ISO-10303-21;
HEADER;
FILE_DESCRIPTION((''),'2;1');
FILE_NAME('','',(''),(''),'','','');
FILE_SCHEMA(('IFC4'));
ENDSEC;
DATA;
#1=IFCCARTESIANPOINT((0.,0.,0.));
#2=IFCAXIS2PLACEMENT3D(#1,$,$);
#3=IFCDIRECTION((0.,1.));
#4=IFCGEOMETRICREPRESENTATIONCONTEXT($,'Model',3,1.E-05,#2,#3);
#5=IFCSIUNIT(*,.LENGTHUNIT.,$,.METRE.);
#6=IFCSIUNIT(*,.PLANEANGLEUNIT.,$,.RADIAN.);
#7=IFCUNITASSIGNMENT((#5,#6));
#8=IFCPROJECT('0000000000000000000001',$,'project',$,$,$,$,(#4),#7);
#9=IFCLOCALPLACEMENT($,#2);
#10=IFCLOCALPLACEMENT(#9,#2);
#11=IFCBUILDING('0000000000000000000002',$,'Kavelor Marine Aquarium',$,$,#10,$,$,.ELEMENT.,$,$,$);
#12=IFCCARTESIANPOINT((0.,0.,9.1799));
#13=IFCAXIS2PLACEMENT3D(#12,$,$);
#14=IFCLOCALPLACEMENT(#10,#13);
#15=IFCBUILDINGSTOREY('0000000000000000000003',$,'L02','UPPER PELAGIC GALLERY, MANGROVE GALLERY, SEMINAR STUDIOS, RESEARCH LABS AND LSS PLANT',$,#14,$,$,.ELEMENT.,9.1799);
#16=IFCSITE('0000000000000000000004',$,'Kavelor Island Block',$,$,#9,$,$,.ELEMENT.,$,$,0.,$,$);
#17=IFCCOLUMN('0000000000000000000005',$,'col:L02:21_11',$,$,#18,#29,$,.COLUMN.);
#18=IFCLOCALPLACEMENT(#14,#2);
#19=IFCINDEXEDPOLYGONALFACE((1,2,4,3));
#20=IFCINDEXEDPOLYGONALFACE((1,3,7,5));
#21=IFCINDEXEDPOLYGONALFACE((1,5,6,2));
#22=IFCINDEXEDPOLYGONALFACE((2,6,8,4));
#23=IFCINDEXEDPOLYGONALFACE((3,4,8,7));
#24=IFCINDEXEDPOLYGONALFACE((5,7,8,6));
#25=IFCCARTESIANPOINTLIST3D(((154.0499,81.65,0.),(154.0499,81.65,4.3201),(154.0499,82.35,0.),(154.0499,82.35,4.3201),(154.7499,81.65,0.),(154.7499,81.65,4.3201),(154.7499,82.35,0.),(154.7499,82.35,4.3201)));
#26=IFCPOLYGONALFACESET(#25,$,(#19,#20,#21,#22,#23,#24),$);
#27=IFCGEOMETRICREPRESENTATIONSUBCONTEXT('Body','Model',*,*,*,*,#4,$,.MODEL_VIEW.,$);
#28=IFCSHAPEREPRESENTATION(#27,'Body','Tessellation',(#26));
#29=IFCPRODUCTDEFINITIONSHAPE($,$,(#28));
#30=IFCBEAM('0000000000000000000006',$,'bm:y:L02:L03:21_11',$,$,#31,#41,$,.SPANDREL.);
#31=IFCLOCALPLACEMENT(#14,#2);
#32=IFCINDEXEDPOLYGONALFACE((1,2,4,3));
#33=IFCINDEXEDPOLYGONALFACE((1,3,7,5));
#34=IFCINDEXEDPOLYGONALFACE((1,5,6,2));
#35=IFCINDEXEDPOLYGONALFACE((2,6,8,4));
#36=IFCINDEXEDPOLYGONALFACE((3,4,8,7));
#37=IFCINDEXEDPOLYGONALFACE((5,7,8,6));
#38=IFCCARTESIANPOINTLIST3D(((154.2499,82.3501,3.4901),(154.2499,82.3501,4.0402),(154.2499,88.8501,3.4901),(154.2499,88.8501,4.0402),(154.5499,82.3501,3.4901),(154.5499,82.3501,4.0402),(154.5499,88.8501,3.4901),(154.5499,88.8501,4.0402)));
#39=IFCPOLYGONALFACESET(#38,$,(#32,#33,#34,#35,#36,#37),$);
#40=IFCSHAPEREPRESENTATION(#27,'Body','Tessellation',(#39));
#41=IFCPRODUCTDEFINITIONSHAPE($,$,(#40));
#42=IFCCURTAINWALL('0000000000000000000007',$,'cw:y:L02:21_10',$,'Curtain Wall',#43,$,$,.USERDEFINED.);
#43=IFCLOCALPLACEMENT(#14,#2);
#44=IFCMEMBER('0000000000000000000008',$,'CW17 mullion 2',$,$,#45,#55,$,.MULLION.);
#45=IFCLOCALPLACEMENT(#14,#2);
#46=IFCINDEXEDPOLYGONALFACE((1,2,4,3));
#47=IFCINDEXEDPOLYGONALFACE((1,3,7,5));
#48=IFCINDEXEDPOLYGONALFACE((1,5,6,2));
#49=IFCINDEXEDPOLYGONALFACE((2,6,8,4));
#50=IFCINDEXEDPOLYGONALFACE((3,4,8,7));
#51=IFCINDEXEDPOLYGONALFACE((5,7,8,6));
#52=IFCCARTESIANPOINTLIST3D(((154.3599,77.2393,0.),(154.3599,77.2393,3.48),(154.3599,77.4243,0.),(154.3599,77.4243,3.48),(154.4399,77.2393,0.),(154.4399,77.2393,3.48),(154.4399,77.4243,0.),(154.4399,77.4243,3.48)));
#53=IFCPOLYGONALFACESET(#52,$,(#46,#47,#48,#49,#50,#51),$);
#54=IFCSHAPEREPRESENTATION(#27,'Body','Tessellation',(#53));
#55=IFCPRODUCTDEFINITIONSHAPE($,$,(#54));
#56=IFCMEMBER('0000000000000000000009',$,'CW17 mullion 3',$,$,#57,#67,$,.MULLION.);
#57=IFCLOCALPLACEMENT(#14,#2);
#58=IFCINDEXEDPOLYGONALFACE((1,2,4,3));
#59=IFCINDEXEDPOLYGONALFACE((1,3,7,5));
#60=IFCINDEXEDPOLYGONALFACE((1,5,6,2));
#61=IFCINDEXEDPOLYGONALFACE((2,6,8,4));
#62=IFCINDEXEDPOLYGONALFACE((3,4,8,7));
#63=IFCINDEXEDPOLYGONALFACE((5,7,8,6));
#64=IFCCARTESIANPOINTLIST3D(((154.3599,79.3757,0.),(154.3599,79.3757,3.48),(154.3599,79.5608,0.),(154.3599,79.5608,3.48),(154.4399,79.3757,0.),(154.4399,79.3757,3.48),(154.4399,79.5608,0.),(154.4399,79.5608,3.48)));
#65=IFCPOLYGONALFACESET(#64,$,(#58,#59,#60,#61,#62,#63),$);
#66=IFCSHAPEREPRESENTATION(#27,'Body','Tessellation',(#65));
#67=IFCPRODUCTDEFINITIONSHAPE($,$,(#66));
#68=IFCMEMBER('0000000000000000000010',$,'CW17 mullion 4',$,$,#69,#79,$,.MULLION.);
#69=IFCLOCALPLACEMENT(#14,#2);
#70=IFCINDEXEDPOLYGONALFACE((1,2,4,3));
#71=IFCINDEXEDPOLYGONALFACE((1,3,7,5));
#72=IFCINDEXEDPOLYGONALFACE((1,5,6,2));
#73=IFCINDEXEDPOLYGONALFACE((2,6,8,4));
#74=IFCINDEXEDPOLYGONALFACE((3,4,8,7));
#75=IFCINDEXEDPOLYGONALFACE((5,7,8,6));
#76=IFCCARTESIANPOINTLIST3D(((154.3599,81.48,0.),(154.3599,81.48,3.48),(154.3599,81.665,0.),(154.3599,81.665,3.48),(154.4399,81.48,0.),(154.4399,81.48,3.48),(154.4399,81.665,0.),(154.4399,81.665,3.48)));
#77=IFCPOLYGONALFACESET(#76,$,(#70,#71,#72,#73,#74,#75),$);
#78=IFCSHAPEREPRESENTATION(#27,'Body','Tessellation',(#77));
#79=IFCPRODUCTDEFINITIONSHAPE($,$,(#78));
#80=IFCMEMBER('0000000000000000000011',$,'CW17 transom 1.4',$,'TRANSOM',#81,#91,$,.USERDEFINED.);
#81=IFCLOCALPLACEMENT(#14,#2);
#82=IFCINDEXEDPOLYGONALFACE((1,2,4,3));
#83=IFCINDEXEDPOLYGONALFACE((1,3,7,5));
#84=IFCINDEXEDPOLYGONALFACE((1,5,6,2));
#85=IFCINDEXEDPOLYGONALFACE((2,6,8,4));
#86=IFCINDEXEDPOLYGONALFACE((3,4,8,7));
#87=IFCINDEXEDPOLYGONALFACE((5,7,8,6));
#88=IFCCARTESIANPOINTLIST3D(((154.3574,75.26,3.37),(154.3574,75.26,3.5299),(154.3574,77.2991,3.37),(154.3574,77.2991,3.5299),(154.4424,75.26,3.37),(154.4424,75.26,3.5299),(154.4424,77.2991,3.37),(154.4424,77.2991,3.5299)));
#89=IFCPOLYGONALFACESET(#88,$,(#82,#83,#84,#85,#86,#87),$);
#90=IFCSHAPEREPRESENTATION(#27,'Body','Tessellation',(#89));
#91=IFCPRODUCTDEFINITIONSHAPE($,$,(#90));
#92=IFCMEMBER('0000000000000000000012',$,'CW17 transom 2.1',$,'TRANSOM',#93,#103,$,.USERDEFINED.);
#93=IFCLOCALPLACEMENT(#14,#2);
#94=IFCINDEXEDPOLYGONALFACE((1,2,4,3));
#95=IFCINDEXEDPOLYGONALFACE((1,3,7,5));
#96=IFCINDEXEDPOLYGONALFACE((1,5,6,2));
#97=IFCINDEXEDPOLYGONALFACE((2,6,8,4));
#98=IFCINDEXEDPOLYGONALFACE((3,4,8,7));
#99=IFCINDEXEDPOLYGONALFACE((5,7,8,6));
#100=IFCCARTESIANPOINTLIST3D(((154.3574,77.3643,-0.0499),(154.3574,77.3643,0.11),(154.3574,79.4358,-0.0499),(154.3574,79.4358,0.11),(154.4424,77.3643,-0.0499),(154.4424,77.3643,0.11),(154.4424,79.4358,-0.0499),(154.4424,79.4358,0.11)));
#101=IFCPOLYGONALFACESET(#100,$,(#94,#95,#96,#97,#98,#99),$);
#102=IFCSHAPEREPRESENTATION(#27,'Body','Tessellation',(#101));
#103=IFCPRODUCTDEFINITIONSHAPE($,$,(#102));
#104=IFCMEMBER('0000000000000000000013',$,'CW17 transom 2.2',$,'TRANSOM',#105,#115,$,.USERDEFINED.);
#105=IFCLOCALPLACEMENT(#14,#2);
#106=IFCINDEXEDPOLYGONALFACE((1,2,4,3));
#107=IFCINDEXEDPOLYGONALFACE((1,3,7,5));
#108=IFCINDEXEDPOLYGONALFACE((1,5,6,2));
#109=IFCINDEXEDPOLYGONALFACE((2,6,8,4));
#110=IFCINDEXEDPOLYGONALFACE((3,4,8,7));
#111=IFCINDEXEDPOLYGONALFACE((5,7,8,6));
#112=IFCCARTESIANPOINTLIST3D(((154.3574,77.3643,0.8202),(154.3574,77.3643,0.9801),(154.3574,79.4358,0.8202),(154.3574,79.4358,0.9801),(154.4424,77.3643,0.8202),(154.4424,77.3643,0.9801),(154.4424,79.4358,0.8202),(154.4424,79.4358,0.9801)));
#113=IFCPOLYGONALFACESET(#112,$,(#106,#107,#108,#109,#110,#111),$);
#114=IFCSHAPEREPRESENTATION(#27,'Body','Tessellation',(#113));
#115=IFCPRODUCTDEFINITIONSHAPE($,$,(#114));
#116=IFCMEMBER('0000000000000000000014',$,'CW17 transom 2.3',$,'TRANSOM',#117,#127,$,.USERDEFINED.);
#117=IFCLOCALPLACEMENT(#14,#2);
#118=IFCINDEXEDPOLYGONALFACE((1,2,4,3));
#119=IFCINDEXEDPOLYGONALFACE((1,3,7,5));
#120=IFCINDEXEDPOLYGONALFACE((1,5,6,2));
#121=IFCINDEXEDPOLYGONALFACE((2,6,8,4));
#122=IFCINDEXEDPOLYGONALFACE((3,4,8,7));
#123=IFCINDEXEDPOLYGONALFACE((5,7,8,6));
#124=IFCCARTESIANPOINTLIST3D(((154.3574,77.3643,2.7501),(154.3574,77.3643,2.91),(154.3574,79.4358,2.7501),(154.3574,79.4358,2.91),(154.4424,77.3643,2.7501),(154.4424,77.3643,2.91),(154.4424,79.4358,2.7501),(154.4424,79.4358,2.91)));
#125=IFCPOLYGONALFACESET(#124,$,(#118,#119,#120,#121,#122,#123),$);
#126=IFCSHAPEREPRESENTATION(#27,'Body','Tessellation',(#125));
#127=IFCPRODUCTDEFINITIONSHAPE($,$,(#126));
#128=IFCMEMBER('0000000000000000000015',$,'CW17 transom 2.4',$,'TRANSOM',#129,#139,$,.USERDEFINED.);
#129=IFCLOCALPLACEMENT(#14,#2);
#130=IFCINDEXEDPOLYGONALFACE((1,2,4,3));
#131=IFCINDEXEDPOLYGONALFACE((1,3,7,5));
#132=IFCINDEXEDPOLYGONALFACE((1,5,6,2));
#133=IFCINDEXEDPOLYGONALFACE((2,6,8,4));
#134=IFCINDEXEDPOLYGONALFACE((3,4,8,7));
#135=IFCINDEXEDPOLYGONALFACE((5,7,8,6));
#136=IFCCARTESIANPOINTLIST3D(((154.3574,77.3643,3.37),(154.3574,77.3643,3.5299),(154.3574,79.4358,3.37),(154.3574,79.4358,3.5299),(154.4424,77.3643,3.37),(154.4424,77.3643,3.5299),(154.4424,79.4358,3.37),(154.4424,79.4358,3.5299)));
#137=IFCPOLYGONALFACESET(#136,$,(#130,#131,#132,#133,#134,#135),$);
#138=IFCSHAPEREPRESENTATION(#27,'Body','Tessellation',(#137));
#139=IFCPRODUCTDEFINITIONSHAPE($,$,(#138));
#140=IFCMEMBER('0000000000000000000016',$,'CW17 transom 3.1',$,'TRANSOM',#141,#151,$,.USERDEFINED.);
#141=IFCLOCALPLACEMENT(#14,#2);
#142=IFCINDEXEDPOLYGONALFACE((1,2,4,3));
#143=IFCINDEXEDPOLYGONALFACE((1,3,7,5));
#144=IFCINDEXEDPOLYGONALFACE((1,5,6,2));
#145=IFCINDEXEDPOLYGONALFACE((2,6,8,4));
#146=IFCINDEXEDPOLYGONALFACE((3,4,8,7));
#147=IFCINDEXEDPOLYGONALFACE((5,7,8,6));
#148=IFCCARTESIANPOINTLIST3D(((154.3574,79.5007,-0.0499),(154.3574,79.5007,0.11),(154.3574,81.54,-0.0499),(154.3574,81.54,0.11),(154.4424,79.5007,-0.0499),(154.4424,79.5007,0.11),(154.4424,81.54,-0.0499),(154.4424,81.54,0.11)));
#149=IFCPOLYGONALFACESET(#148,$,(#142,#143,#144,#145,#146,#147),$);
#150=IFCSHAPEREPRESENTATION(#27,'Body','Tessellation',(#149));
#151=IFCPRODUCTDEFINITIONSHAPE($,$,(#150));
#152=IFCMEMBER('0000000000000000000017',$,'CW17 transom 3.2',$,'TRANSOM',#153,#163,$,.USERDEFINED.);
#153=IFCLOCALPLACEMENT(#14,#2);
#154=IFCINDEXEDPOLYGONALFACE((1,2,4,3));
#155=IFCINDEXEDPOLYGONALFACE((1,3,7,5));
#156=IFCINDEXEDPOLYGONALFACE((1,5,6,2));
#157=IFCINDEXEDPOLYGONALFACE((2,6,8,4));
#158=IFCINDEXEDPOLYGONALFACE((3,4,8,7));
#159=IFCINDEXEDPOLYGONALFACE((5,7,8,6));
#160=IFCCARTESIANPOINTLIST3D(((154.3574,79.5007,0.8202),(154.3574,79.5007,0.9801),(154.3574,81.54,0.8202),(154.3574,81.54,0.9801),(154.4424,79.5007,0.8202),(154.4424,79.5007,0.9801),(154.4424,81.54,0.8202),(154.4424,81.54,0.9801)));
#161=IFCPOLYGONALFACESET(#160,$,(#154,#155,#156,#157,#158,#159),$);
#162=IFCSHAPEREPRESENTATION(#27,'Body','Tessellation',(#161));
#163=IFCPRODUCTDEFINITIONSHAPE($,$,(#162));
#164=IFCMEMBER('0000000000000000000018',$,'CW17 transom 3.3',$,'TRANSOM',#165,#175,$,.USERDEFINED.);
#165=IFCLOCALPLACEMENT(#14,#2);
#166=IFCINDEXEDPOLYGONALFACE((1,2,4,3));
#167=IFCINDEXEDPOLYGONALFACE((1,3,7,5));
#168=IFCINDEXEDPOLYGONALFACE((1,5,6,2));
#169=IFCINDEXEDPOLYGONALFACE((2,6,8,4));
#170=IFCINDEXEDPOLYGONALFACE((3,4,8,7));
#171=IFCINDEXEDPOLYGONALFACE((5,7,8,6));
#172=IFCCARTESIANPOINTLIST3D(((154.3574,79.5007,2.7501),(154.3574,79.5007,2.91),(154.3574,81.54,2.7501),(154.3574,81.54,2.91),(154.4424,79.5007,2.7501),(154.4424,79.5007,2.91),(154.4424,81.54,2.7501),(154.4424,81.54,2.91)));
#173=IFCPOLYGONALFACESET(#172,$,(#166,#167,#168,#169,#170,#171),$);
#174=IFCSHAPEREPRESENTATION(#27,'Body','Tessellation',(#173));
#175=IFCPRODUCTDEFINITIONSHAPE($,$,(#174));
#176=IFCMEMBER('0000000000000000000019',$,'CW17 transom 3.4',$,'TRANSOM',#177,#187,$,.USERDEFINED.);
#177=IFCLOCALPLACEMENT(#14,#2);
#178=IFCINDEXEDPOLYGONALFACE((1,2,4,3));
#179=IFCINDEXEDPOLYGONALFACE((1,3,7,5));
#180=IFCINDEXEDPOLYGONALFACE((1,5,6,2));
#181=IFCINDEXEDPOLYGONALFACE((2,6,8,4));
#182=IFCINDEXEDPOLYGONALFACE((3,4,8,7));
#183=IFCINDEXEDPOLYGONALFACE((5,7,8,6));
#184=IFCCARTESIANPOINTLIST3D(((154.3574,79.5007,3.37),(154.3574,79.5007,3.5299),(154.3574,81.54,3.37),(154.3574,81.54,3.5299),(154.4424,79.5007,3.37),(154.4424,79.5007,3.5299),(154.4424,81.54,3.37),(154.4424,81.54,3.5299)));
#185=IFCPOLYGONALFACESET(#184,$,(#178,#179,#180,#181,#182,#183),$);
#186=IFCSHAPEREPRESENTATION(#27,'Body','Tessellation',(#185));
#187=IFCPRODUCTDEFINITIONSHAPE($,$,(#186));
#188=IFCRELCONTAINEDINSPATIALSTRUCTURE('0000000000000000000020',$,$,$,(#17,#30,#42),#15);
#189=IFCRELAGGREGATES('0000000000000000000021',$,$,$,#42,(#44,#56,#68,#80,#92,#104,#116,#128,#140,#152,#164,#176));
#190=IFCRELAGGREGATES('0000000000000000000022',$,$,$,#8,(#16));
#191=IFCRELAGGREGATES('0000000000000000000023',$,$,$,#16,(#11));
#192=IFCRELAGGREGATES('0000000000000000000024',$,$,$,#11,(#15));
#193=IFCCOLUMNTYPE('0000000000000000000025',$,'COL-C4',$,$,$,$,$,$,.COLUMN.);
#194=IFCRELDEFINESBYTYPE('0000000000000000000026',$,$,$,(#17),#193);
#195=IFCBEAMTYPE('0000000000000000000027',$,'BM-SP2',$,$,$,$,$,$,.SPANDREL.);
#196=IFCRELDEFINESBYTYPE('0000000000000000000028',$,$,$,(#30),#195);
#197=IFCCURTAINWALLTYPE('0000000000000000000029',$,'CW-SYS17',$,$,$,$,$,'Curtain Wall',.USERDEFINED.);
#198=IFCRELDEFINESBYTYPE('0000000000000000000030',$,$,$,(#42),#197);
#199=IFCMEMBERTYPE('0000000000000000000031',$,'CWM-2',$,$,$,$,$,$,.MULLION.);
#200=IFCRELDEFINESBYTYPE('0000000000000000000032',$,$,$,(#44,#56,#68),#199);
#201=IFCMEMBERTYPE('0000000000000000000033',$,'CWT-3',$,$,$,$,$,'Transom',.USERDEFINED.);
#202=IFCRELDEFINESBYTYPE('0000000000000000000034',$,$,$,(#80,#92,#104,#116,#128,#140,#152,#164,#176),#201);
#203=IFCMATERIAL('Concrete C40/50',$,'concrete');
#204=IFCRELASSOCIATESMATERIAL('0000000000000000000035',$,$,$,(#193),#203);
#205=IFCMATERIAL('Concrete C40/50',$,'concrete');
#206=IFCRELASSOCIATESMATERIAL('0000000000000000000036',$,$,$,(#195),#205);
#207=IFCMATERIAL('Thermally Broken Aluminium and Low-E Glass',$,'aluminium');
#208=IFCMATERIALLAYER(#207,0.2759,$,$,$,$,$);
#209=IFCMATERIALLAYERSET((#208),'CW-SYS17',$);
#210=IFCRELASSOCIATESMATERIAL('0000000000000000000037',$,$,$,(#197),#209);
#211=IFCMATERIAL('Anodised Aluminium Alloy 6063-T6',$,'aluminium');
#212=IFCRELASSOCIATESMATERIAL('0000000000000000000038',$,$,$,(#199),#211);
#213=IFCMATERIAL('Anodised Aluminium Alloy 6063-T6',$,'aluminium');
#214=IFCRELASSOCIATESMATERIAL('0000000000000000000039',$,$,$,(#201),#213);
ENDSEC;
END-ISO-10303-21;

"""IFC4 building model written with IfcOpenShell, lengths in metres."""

from ifc_helpers import new_model, si_unit, direction, frame, origin, origin_2d, place, context, subcontext, project, spatial, rectangle, extrude, material, layer, layer_set, material_profile, profile_set, type_object, element, aggregate, save


model = new_model("IFC4")

# Units and contexts
model_context = context("Model", 3, precision=1e-05, world=origin(), true_north=direction((0.0, 1.0)))
body_context = subcontext(model_context, "Body", "Model", "MODEL_VIEW")
ifc_project = project(units=[si_unit("LENGTHUNIT", "METRE"), si_unit("PLANEANGLEUNIT", "RADIAN")], contexts=[model_context])

# Site, building, storey
site_placement = place(None, origin())
site = spatial("IfcSite", under=ifc_project, at=site_placement, Name="Kavelor Island Block", CompositionType="ELEMENT", RefElevation=0.0)
building_placement = place(site_placement, origin())
building = spatial("IfcBuilding", under=site, at=building_placement, Name="Kavelor Marine Aquarium", CompositionType="ELEMENT")
storey_placement = place(building_placement, frame((0.0, 0.0, 9.1799)))
storey = spatial("IfcBuildingStorey", under=building, at=storey_placement, Name="L02", Description="UPPER PELAGIC GALLERY, MANGROVE GALLERY, SEMINAR STUDIOS, RESEARCH LABS AND LSS PLANT", CompositionType="ELEMENT", Elevation=9.1799)

# Column
ifc_material_1 = material(Name="Concrete C40/50", Category="concrete")
ifc_material_profile_1 = material_profile(ifc_material_1, rectangle(XDim=0.7, YDim=0.7, at=origin_2d()), Name="RC-COL 700x700")
ifc_profile_set_1 = profile_set([ifc_material_profile_1], Name="Concrete C40/50")
column_type = type_object("IfcColumnType", Name="COL-C4", PredefinedType="COLUMN", material=ifc_profile_set_1)
column_placement = place(storey_placement, frame((154.3999, 82.0, 0.0), z_axis=(0.0, 0.0, 1.0), x_axis=(1.0, 0.0, 0.0)))
element("IfcColumn", 1, at=column_placement, inside=storey, type_object=column_type, Name="col:L02:21_11", PredefinedType="COLUMN", context=body_context, shape_type="SweptSolid", body=[
    extrude(rectangle(XDim=0.7, YDim=0.7, at=origin_2d()), origin(), (0.0, 0.0, 1.0), 4.3201),
])

# Beam
ifc_material_2 = material(Name="Concrete C40/50", Category="concrete")
ifc_material_profile_2 = material_profile(ifc_material_2, rectangle(XDim=0.3, YDim=0.55, at=origin_2d()), Name="RC-SP 300x550")
ifc_profile_set_2 = profile_set([ifc_material_profile_2], Name="Concrete C40/50")
beam_type = type_object("IfcBeamType", Name="BM-SP2", PredefinedType="SPANDREL", material=ifc_profile_set_2)
beam_placement = place(storey_placement, frame((154.3999, 82.3501, 3.7651), z_axis=(0.0, 1.0, 0.0), x_axis=(-1.0, 0.0, 0.0)))
element("IfcBeam", 2, at=beam_placement, inside=storey, type_object=beam_type, Name="bm:y:L02:L03:21_11", PredefinedType="SPANDREL", context=body_context, shape_type="SweptSolid", body=[
    extrude(rectangle(XDim=0.3, YDim=0.55, at=origin_2d()), origin(), (0.0, 0.0, 1.0), 6.5),
])

# Curtain wall, members
ifc_material_3 = material(Name="Thermally Broken Aluminium and Low-E Glass", Category="aluminium")
ifc_layer_1 = layer(ifc_material_3, 0.2759)
ifc_layer_set_1 = layer_set([ifc_layer_1], Name="CW-SYS17")
curtain_wall_type = type_object("IfcCurtainWallType", Name="CW-SYS17", ElementType="Curtain Wall", PredefinedType="USERDEFINED", material=ifc_layer_set_1)
curtain_wall_placement = place(storey_placement, origin())
curtain_wall = element("IfcCurtainWall", 3, at=curtain_wall_placement, inside=storey, type_object=curtain_wall_type, Name="cw:y:L02:21_10", ObjectType="Curtain Wall", PredefinedType="USERDEFINED")
ifc_material_4 = material(Name="Anodised Aluminium Alloy 6063-T6", Category="aluminium")
ifc_material_profile_3 = material_profile(ifc_material_4, rectangle(XDim=0.0801, YDim=0.1851, at=origin_2d()), Name="CW-MUL 80x185")
ifc_profile_set_3 = profile_set([ifc_material_profile_3], Name="Anodised Aluminium Alloy 6063-T6")
member_type_1 = type_object("IfcMemberType", Name="CWM-2", PredefinedType="MULLION", material=ifc_profile_set_3)
member_1_placement = place(storey_placement, frame((154.3999, 77.3318, 0.0), z_axis=(0.0, 0.0, 1.0), x_axis=(-1.0, 0.0, 0.0)))
member_1 = element("IfcMember", 4, at=member_1_placement, type_object=member_type_1, Name="CW17 mullion 2", PredefinedType="MULLION", context=body_context, shape_type="SweptSolid", body=[
    extrude(rectangle(XDim=0.0801, YDim=0.1851, at=origin_2d()), origin(), (0.0, 0.0, 1.0), 3.48),
])
member_2_placement = place(storey_placement, frame((154.3999, 79.4683, 0.0), z_axis=(0.0, 0.0, 1.0), x_axis=(-1.0, 0.0, 0.0)))
member_2 = element("IfcMember", 5, at=member_2_placement, type_object=member_type_1, Name="CW17 mullion 3", PredefinedType="MULLION", context=body_context, shape_type="SweptSolid", body=[
    extrude(rectangle(XDim=0.0801, YDim=0.1851, at=origin_2d()), origin(), (0.0, 0.0, 1.0), 3.48),
])
member_3_placement = place(storey_placement, frame((154.3999, 81.5725, 0.0), z_axis=(0.0, 0.0, 1.0), x_axis=(-1.0, 0.0, 0.0)))
member_3 = element("IfcMember", 6, at=member_3_placement, type_object=member_type_1, Name="CW17 mullion 4", PredefinedType="MULLION", context=body_context, shape_type="SweptSolid", body=[
    extrude(rectangle(XDim=0.0801, YDim=0.1851, at=origin_2d()), origin(), (0.0, 0.0, 1.0), 3.48),
])
ifc_material_5 = material(Name="Anodised Aluminium Alloy 6063-T6", Category="aluminium")
ifc_material_profile_4 = material_profile(ifc_material_5, rectangle(XDim=0.085, YDim=0.1599, at=origin_2d()), Name="CW-TRN 85x160")
ifc_profile_set_4 = profile_set([ifc_material_profile_4], Name="Anodised Aluminium Alloy 6063-T6")
member_type_2 = type_object("IfcMemberType", Name="CWT-3", ElementType="Transom", PredefinedType="USERDEFINED", material=ifc_profile_set_4)
member_4_placement = place(storey_placement, frame((154.3999, 75.26, 3.45), z_axis=(0.0, 1.0, 0.0), x_axis=(-1.0, 0.0, 0.0)))
member_4 = element("IfcMember", 7, at=member_4_placement, type_object=member_type_2, Name="CW17 transom 1.4", ObjectType="TRANSOM", PredefinedType="USERDEFINED", context=body_context, shape_type="SweptSolid", body=[
    extrude(rectangle(XDim=0.085, YDim=0.1599, at=origin_2d()), origin(), (0.0, 0.0, 1.0), 2.0391),
])
member_5_placement = place(storey_placement, frame((154.3999, 77.3643, 0.03), z_axis=(0.0, 1.0, 0.0), x_axis=(-1.0, 0.0, 0.0)))
member_5 = element("IfcMember", 8, at=member_5_placement, type_object=member_type_2, Name="CW17 transom 2.1", ObjectType="TRANSOM", PredefinedType="USERDEFINED", context=body_context, shape_type="SweptSolid", body=[
    extrude(rectangle(XDim=0.085, YDim=0.1599, at=origin_2d()), origin(), (0.0, 0.0, 1.0), 2.0715),
])
member_6_placement = place(storey_placement, frame((154.3999, 77.3643, 0.9001), z_axis=(0.0, 1.0, 0.0), x_axis=(-1.0, 0.0, 0.0)))
member_6 = element("IfcMember", 9, at=member_6_placement, type_object=member_type_2, Name="CW17 transom 2.2", ObjectType="TRANSOM", PredefinedType="USERDEFINED", context=body_context, shape_type="SweptSolid", body=[
    extrude(rectangle(XDim=0.085, YDim=0.1599, at=origin_2d()), origin(), (0.0, 0.0, 1.0), 2.0715),
])
member_7_placement = place(storey_placement, frame((154.3999, 77.3643, 2.8301), z_axis=(0.0, 1.0, 0.0), x_axis=(-1.0, 0.0, 0.0)))
member_7 = element("IfcMember", 10, at=member_7_placement, type_object=member_type_2, Name="CW17 transom 2.3", ObjectType="TRANSOM", PredefinedType="USERDEFINED", context=body_context, shape_type="SweptSolid", body=[
    extrude(rectangle(XDim=0.085, YDim=0.1599, at=origin_2d()), origin(), (0.0, 0.0, 1.0), 2.0715),
])
member_8_placement = place(storey_placement, frame((154.3999, 77.3643, 3.45), z_axis=(0.0, 1.0, 0.0), x_axis=(-1.0, 0.0, 0.0)))
member_8 = element("IfcMember", 11, at=member_8_placement, type_object=member_type_2, Name="CW17 transom 2.4", ObjectType="TRANSOM", PredefinedType="USERDEFINED", context=body_context, shape_type="SweptSolid", body=[
    extrude(rectangle(XDim=0.085, YDim=0.1599, at=origin_2d()), origin(), (0.0, 0.0, 1.0), 2.0715),
])
member_9_placement = place(storey_placement, frame((154.3999, 79.5007, 0.03), z_axis=(0.0, 1.0, 0.0), x_axis=(-1.0, 0.0, 0.0)))
member_9 = element("IfcMember", 12, at=member_9_placement, type_object=member_type_2, Name="CW17 transom 3.1", ObjectType="TRANSOM", PredefinedType="USERDEFINED", context=body_context, shape_type="SweptSolid", body=[
    extrude(rectangle(XDim=0.085, YDim=0.1599, at=origin_2d()), origin(), (0.0, 0.0, 1.0), 2.0393),
])
member_10_placement = place(storey_placement, frame((154.3999, 79.5007, 0.9001), z_axis=(0.0, 1.0, 0.0), x_axis=(-1.0, 0.0, 0.0)))
member_10 = element("IfcMember", 13, at=member_10_placement, type_object=member_type_2, Name="CW17 transom 3.2", ObjectType="TRANSOM", PredefinedType="USERDEFINED", context=body_context, shape_type="SweptSolid", body=[
    extrude(rectangle(XDim=0.085, YDim=0.1599, at=origin_2d()), origin(), (0.0, 0.0, 1.0), 2.0393),
])
member_11_placement = place(storey_placement, frame((154.3999, 79.5007, 2.8301), z_axis=(0.0, 1.0, 0.0), x_axis=(-1.0, 0.0, 0.0)))
member_11 = element("IfcMember", 14, at=member_11_placement, type_object=member_type_2, Name="CW17 transom 3.3", ObjectType="TRANSOM", PredefinedType="USERDEFINED", context=body_context, shape_type="SweptSolid", body=[
    extrude(rectangle(XDim=0.085, YDim=0.1599, at=origin_2d()), origin(), (0.0, 0.0, 1.0), 2.0393),
])
member_12_placement = place(storey_placement, frame((154.3999, 79.5007, 3.45), z_axis=(0.0, 1.0, 0.0), x_axis=(-1.0, 0.0, 0.0)))
member_12 = element("IfcMember", 15, at=member_12_placement, type_object=member_type_2, Name="CW17 transom 3.4", ObjectType="TRANSOM", PredefinedType="USERDEFINED", context=body_context, shape_type="SweptSolid", body=[
    extrude(rectangle(XDim=0.085, YDim=0.1599, at=origin_2d()), origin(), (0.0, 0.0, 1.0), 2.0393),
])
aggregate(curtain_wall, [member_1, member_2, member_3, member_4, member_5, member_6, member_7, member_8, member_9, member_10, member_11, member_12])

save(model, "model.ifc")
